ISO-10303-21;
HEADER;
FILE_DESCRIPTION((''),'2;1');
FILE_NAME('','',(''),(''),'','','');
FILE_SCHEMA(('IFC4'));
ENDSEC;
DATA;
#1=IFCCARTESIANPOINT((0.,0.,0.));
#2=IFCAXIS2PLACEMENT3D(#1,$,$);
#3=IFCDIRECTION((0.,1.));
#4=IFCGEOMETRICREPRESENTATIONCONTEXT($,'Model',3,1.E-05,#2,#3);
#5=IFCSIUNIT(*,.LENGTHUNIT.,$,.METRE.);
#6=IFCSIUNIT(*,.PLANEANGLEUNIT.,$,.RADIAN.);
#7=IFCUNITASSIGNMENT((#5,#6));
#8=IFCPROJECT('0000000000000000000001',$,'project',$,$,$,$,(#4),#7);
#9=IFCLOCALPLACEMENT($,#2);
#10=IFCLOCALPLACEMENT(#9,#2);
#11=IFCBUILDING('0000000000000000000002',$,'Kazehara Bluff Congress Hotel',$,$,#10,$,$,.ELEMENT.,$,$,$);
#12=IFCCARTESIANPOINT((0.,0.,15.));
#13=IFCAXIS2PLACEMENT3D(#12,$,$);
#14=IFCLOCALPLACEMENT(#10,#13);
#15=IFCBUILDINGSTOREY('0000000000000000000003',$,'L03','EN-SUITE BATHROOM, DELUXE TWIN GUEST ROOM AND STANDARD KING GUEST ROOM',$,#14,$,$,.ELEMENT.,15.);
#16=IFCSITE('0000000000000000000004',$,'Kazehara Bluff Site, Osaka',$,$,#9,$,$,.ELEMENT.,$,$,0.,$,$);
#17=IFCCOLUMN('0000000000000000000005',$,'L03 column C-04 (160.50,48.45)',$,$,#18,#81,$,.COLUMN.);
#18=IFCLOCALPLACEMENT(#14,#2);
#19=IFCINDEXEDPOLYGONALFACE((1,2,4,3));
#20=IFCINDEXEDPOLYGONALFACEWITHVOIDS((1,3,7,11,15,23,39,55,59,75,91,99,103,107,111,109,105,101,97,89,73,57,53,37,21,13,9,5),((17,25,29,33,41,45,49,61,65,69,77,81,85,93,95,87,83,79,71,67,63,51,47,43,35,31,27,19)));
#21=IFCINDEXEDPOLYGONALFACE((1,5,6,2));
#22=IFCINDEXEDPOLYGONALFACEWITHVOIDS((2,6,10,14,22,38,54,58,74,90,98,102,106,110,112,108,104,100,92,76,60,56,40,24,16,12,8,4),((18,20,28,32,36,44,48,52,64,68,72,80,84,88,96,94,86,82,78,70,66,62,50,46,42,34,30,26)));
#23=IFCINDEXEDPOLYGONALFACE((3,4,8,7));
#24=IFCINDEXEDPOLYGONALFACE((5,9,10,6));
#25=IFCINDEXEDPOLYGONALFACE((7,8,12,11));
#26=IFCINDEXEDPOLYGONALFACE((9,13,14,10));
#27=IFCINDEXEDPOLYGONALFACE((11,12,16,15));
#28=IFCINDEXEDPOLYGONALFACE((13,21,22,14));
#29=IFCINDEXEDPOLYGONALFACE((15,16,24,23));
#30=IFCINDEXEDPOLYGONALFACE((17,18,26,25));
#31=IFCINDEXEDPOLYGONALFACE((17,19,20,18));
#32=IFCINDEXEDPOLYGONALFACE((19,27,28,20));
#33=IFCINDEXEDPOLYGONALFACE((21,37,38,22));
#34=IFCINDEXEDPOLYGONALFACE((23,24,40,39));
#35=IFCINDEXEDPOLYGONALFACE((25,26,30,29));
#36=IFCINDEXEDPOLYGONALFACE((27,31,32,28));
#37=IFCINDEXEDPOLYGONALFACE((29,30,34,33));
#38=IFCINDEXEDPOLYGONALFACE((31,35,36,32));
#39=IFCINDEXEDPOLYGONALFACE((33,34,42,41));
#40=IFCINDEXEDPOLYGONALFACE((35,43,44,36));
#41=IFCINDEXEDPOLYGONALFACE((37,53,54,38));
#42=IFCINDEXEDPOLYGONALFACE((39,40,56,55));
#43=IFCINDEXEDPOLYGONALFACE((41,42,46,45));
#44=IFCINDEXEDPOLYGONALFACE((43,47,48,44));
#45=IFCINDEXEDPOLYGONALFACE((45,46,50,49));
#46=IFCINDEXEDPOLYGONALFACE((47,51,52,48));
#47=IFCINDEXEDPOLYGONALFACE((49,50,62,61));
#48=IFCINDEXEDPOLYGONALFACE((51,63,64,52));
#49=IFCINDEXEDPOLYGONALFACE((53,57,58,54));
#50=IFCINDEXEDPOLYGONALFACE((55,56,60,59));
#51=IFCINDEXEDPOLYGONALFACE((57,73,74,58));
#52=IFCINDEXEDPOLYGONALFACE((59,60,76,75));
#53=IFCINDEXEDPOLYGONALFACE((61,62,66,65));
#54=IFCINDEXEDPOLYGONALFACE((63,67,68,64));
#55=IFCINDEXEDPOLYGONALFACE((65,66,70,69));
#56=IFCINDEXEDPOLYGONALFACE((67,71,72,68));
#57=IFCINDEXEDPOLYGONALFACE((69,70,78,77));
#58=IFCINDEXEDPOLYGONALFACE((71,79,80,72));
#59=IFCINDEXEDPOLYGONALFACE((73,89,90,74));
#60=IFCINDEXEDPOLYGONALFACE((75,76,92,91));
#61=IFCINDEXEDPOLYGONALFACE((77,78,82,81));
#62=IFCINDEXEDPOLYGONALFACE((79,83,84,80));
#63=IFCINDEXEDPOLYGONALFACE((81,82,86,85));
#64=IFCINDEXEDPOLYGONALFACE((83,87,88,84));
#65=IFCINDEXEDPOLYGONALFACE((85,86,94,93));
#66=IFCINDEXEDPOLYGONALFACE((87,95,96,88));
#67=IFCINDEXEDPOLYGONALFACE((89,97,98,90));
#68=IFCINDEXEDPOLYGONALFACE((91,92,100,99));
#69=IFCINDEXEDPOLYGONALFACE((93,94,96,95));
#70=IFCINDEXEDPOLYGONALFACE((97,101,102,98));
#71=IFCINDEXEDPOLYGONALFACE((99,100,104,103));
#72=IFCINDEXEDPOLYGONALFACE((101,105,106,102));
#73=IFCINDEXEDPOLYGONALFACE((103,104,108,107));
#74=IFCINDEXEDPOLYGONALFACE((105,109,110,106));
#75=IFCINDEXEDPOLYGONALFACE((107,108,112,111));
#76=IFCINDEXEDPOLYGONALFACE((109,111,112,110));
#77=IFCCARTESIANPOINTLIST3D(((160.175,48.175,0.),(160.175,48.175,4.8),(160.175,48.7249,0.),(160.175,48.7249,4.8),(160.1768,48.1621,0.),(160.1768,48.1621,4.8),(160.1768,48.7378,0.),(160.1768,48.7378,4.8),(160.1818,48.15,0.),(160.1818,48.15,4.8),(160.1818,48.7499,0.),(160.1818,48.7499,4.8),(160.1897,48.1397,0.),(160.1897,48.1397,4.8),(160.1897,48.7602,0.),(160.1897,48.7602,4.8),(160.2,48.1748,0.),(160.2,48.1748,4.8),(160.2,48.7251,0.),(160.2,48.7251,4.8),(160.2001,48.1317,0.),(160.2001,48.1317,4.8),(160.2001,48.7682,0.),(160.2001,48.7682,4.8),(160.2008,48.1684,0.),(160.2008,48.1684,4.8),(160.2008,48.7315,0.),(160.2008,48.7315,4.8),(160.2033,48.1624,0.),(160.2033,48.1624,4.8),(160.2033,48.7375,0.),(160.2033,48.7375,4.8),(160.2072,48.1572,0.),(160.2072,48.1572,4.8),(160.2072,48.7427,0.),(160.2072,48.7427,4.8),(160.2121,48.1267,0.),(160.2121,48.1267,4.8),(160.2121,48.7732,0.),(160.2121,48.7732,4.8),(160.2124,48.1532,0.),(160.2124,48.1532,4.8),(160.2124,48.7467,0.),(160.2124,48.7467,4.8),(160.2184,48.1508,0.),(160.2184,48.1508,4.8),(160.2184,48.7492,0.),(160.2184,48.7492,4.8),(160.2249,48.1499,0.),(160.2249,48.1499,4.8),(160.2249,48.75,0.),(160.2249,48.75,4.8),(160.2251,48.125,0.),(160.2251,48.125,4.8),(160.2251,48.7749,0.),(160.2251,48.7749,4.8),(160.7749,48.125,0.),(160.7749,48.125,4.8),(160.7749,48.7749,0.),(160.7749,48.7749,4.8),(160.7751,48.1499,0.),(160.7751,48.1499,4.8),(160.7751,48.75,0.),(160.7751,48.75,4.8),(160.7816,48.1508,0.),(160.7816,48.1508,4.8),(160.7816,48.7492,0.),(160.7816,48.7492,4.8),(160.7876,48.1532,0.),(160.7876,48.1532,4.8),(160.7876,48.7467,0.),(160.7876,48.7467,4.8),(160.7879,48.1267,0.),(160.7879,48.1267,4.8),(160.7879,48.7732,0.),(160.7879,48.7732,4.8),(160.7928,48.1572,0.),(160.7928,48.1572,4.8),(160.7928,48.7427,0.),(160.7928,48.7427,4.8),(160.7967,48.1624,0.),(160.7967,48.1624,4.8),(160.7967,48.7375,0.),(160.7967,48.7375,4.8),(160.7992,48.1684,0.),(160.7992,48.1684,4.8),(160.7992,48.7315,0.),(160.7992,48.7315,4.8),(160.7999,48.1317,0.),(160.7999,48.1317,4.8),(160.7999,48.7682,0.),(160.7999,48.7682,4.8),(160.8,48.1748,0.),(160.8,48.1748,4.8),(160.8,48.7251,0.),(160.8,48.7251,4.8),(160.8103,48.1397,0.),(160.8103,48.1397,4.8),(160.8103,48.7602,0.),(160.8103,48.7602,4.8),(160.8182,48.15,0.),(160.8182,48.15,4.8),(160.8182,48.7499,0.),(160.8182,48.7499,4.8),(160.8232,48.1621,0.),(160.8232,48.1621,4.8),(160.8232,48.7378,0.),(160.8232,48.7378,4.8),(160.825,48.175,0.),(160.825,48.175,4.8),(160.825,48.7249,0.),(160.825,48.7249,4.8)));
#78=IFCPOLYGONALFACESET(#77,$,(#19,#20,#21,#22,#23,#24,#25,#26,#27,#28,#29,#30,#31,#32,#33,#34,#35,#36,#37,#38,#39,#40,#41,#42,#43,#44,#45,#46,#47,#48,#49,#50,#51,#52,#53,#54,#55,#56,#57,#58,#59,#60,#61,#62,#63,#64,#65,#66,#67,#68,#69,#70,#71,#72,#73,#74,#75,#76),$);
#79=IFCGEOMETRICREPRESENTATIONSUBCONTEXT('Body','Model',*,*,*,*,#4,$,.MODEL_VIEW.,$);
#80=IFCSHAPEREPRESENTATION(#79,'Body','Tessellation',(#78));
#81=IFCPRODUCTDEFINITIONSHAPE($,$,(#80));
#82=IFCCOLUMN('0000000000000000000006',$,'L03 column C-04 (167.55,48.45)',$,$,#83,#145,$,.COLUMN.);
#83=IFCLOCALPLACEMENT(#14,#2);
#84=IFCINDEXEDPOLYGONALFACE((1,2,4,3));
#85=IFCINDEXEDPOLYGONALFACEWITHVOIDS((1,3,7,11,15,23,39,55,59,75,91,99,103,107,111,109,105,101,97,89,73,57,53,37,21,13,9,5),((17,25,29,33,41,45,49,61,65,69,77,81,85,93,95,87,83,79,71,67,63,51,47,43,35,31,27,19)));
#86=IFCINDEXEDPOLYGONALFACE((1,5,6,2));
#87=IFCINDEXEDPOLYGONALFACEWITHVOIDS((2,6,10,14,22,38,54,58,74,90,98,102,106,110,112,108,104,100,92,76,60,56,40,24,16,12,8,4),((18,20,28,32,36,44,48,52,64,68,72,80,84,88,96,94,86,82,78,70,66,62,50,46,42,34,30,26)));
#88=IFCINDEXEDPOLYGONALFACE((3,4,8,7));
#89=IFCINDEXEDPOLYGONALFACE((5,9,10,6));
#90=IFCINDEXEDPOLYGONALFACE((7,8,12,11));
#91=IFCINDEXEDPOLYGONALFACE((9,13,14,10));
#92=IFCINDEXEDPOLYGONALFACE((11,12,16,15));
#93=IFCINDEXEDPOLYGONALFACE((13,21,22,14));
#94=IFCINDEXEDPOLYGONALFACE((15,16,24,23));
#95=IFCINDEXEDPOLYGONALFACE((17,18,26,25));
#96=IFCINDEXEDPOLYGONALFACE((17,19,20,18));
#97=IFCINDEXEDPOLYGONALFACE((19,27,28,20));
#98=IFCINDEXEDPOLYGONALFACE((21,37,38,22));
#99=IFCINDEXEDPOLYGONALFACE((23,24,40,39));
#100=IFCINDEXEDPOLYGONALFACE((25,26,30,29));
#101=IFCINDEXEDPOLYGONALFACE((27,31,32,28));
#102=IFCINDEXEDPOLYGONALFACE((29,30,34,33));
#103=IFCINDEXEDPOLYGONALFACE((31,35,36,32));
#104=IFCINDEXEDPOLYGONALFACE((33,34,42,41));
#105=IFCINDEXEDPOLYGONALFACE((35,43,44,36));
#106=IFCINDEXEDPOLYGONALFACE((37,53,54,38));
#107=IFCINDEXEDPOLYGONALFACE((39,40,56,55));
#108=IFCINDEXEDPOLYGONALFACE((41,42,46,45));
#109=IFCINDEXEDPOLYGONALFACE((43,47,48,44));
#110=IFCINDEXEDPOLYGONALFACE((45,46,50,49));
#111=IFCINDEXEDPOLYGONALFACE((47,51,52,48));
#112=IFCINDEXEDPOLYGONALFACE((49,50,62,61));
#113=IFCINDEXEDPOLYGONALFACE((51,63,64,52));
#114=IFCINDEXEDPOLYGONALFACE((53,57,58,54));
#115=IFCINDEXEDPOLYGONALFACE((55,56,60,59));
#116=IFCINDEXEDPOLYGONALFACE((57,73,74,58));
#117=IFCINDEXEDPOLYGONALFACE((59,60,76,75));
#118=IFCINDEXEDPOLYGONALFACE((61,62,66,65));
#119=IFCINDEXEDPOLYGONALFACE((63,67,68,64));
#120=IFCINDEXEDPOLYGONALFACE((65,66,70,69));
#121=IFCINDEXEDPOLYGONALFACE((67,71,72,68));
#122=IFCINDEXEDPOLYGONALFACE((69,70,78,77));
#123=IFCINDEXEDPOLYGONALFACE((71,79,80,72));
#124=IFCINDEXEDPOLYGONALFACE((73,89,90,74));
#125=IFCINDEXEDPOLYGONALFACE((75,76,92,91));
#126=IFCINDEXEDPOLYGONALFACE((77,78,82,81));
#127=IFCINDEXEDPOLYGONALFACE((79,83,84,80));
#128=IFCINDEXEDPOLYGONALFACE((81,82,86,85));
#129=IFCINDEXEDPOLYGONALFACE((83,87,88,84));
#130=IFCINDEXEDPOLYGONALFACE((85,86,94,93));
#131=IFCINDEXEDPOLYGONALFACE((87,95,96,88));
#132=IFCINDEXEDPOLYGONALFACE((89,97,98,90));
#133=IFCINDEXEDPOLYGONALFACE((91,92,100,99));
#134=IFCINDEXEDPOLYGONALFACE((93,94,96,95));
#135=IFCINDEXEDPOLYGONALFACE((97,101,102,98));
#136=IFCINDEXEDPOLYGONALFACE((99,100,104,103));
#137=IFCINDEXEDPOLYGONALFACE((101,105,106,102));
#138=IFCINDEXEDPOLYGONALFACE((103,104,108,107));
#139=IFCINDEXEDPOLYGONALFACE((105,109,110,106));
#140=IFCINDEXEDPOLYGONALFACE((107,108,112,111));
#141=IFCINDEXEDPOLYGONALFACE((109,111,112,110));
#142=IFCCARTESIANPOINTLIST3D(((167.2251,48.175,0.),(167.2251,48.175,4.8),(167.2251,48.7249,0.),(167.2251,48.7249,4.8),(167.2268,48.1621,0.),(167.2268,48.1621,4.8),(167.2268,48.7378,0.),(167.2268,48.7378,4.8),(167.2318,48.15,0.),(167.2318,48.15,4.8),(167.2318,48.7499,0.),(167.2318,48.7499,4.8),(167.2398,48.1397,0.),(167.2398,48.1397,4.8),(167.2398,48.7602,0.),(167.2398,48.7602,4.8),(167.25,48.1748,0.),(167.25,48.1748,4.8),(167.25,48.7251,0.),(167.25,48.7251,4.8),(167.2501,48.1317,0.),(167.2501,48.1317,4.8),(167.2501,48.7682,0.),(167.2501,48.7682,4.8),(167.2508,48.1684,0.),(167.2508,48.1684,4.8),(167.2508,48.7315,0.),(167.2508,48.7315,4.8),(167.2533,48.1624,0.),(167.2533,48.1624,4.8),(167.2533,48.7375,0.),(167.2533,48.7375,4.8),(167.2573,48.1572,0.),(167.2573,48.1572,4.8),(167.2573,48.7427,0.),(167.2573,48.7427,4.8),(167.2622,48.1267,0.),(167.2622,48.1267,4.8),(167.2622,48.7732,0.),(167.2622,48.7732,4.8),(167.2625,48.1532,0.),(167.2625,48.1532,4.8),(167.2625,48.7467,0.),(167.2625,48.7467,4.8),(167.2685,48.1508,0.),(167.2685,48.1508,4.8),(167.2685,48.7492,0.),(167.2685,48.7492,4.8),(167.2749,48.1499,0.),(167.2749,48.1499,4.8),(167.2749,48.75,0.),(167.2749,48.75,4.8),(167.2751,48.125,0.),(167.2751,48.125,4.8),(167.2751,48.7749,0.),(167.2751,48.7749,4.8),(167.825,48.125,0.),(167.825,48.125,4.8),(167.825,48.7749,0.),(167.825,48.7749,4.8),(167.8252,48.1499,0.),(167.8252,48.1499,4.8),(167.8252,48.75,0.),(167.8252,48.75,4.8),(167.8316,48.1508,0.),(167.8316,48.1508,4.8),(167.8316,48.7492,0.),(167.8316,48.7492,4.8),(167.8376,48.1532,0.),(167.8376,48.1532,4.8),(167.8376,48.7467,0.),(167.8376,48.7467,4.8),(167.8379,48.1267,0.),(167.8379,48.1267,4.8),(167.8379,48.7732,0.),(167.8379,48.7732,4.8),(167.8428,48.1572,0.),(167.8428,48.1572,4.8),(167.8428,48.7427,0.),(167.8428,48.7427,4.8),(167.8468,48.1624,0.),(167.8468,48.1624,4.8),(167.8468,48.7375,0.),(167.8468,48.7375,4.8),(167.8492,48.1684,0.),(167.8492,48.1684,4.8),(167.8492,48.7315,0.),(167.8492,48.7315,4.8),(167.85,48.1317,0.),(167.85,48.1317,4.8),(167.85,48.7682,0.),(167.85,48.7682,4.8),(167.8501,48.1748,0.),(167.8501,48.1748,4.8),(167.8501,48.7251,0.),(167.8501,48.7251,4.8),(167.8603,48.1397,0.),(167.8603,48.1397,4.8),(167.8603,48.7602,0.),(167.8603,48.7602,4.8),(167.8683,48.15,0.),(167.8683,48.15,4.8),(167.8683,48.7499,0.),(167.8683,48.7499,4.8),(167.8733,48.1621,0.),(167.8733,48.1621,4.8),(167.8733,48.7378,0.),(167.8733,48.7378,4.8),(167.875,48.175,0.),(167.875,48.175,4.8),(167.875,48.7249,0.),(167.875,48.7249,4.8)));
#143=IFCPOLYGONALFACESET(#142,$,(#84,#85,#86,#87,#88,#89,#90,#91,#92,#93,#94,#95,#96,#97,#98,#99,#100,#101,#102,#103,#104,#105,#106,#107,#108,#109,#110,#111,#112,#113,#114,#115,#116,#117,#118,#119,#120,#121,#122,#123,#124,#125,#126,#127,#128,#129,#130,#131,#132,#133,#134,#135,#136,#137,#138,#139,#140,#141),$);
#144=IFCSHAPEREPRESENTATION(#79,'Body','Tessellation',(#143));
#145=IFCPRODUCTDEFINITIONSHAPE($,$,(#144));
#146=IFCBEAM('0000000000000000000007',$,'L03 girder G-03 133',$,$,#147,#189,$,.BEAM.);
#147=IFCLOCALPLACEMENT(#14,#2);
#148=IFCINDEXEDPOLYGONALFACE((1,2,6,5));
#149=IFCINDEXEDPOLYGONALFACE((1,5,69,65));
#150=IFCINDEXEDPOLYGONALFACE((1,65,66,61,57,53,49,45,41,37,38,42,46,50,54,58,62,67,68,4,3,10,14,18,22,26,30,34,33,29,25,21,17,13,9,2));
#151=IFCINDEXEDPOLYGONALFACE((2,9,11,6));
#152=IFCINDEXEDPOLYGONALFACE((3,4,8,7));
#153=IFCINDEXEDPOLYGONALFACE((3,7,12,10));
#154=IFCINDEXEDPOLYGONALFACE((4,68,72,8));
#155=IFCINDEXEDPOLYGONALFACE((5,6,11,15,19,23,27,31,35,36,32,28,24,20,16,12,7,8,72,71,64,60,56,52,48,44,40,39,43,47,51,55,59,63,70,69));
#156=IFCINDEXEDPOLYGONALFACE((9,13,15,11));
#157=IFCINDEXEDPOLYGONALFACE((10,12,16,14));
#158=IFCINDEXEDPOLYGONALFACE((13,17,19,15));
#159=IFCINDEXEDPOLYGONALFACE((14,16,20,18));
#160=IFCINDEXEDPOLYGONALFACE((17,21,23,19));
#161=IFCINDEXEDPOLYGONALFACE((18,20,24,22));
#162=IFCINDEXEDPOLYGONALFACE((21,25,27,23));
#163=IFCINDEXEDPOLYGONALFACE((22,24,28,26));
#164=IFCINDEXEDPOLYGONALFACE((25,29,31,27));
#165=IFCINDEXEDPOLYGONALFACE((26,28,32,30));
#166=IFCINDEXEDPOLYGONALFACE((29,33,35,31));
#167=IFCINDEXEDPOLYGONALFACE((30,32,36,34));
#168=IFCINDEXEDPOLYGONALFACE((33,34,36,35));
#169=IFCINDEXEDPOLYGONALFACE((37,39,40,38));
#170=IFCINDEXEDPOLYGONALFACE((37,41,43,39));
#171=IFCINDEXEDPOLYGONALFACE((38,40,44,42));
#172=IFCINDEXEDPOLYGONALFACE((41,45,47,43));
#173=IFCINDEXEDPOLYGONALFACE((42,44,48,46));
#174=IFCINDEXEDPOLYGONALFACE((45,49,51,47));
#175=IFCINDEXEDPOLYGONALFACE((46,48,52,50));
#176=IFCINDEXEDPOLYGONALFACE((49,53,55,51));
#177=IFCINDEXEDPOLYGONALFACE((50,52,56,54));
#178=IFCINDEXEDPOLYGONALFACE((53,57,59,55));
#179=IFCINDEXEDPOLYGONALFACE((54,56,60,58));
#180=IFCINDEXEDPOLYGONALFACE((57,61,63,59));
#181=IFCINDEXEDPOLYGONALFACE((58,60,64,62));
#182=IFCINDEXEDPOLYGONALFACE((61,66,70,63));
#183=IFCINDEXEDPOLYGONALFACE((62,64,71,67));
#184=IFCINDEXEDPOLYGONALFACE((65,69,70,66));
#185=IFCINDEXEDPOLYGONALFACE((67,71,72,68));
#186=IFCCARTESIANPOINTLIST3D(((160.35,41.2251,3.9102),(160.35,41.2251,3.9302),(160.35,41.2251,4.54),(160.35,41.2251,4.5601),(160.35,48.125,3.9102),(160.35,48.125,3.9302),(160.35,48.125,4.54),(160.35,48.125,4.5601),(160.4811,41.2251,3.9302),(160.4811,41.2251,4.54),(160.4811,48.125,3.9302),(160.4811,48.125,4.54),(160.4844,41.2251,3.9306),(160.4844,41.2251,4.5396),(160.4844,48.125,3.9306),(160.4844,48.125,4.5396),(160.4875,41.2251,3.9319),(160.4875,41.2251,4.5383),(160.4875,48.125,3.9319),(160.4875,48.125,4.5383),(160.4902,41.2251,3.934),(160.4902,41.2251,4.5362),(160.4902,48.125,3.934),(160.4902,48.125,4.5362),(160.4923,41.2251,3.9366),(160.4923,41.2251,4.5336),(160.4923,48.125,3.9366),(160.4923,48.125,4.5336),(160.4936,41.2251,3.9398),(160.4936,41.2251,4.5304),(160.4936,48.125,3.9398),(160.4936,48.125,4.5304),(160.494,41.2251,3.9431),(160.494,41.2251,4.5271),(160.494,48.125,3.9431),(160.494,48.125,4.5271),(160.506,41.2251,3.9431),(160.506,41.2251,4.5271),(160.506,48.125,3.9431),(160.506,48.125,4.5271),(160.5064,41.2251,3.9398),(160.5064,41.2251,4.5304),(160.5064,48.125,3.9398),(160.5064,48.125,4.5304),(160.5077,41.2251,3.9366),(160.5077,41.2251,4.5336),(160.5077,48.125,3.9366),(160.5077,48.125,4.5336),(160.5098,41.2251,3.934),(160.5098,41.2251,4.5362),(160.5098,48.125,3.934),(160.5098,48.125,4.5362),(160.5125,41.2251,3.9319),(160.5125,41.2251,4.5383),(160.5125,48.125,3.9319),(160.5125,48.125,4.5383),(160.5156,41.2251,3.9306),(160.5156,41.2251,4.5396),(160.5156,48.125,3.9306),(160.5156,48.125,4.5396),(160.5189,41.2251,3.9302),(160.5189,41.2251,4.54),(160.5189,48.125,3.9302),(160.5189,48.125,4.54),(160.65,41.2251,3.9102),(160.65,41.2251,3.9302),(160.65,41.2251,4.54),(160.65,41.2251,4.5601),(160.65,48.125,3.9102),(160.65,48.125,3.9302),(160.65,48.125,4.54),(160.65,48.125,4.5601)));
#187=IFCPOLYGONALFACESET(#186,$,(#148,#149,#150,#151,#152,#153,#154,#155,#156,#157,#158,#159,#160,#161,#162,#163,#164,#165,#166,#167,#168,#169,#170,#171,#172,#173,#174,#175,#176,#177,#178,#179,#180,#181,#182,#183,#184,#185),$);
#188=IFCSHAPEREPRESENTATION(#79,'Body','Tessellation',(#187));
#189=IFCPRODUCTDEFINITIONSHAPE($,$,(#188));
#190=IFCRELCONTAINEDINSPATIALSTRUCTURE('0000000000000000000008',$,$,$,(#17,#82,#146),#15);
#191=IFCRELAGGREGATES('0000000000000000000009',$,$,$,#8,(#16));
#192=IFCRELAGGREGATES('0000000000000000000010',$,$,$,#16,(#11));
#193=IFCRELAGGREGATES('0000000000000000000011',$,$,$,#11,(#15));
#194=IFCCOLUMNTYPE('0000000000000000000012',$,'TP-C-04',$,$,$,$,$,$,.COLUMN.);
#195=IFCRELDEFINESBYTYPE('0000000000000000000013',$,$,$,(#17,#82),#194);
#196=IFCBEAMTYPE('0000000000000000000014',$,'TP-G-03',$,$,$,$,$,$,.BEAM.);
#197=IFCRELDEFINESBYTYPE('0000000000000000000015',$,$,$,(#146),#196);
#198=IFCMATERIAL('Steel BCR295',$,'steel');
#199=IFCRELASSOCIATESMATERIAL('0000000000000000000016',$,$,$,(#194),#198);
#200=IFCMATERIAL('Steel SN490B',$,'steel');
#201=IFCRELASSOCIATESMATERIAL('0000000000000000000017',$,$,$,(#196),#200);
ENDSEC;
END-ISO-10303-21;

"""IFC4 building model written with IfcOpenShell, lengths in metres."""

from ifc_helpers import new_model, si_unit, direction, frame, origin, origin_2d, place, context, subcontext, project, spatial, hollow_rectangle, i_section, extrude, material, material_profile, profile_set, type_object, element, save


model = new_model("IFC4")

# Units and contexts
model_context = context("Model", 3, precision=1e-05, world=origin(), true_north=direction((0.0, 1.0)))
body_context = subcontext(model_context, "Body", "Model", "MODEL_VIEW")
ifc_project = project(units=[si_unit("LENGTHUNIT", "METRE"), si_unit("PLANEANGLEUNIT", "RADIAN")], contexts=[model_context])

# Site, building, storey
site_placement = place(None, origin())
site = spatial("IfcSite", under=ifc_project, at=site_placement, Name="Kazehara Bluff Site, Osaka", CompositionType="ELEMENT", RefElevation=0.0)
building_placement = place(site_placement, origin())
building = spatial("IfcBuilding", under=site, at=building_placement, Name="Kazehara Bluff Congress Hotel", CompositionType="ELEMENT")
storey_placement = place(building_placement, frame((0.0, 0.0, 15.0)))
storey = spatial("IfcBuildingStorey", under=building, at=storey_placement, Name="L03", Description="EN-SUITE BATHROOM, DELUXE TWIN GUEST ROOM AND STANDARD KING GUEST ROOM", CompositionType="ELEMENT", Elevation=15.0)

# Columns
ifc_material_1 = material(Name="Steel BCR295", Category="steel")
ifc_material_profile_1 = material_profile(ifc_material_1, hollow_rectangle(XDim=0.6499, YDim=0.6499, WallThickness=0.0249, InnerFilletRadius=0.0249, OuterFilletRadius=0.05, at=origin_2d()))
ifc_profile_set_1 = profile_set([ifc_material_profile_1], Name="Steel BCR295")
column_type = type_object("IfcColumnType", Name="TP-C-04", PredefinedType="COLUMN", material=ifc_profile_set_1)
for number, where, z_axis, x_axis, name in (
    (1, (160.5, 48.45, 0.0), (0.0, 0.0, 1.0), (1.0, 0.0, 0.0), "L03 column C-04 (160.50,48.45)"),
    (2, (167.55, 48.45, 0.0), (0.0, 0.0, 1.0), (1.0, 0.0, 0.0), "L03 column C-04 (167.55,48.45)"),
):
    element("IfcColumn", number, at=place(storey_placement, frame(where, z_axis=z_axis, x_axis=x_axis)), inside=storey, type_object=column_type, Name=name, PredefinedType="COLUMN", context=body_context, shape_type="SweptSolid", body=[
        extrude(hollow_rectangle(XDim=0.6499, YDim=0.6499, WallThickness=0.0249, InnerFilletRadius=0.0249, OuterFilletRadius=0.05, at=origin_2d()), origin(), (0.0, 0.0, 1.0), 4.8),
    ])

# Beam
ifc_material_2 = material(Name="Steel SN490B", Category="steel")
ifc_material_profile_2 = material_profile(ifc_material_2, i_section(OverallWidth=0.3, OverallDepth=0.6499, WebThickness=0.012, FlangeThickness=0.02, FilletRadius=0.0129, at=origin_2d()))
ifc_profile_set_2 = profile_set([ifc_material_profile_2], Name="Steel SN490B")
beam_type_1 = type_object("IfcBeamType", Name="TP-G-03", PredefinedType="BEAM", material=ifc_profile_set_2)
beam_1_placement = place(storey_placement, frame((160.5, 41.2251, 4.2351), z_axis=(0.0, 1.0, 0.0), x_axis=(-1.0, 0.0, 0.0)))
element("IfcBeam", 3, at=beam_1_placement, inside=storey, type_object=beam_type_1, Name="L03 girder G-03 133", PredefinedType="BEAM", context=body_context, shape_type="SweptSolid", body=[
    extrude(i_section(OverallWidth=0.3, OverallDepth=0.6499, WebThickness=0.012, FlangeThickness=0.02, FilletRadius=0.0129, at=origin_2d()), origin(), (0.0, 0.0, 1.0), 6.8999),
])

save(model, "model.ifc")
